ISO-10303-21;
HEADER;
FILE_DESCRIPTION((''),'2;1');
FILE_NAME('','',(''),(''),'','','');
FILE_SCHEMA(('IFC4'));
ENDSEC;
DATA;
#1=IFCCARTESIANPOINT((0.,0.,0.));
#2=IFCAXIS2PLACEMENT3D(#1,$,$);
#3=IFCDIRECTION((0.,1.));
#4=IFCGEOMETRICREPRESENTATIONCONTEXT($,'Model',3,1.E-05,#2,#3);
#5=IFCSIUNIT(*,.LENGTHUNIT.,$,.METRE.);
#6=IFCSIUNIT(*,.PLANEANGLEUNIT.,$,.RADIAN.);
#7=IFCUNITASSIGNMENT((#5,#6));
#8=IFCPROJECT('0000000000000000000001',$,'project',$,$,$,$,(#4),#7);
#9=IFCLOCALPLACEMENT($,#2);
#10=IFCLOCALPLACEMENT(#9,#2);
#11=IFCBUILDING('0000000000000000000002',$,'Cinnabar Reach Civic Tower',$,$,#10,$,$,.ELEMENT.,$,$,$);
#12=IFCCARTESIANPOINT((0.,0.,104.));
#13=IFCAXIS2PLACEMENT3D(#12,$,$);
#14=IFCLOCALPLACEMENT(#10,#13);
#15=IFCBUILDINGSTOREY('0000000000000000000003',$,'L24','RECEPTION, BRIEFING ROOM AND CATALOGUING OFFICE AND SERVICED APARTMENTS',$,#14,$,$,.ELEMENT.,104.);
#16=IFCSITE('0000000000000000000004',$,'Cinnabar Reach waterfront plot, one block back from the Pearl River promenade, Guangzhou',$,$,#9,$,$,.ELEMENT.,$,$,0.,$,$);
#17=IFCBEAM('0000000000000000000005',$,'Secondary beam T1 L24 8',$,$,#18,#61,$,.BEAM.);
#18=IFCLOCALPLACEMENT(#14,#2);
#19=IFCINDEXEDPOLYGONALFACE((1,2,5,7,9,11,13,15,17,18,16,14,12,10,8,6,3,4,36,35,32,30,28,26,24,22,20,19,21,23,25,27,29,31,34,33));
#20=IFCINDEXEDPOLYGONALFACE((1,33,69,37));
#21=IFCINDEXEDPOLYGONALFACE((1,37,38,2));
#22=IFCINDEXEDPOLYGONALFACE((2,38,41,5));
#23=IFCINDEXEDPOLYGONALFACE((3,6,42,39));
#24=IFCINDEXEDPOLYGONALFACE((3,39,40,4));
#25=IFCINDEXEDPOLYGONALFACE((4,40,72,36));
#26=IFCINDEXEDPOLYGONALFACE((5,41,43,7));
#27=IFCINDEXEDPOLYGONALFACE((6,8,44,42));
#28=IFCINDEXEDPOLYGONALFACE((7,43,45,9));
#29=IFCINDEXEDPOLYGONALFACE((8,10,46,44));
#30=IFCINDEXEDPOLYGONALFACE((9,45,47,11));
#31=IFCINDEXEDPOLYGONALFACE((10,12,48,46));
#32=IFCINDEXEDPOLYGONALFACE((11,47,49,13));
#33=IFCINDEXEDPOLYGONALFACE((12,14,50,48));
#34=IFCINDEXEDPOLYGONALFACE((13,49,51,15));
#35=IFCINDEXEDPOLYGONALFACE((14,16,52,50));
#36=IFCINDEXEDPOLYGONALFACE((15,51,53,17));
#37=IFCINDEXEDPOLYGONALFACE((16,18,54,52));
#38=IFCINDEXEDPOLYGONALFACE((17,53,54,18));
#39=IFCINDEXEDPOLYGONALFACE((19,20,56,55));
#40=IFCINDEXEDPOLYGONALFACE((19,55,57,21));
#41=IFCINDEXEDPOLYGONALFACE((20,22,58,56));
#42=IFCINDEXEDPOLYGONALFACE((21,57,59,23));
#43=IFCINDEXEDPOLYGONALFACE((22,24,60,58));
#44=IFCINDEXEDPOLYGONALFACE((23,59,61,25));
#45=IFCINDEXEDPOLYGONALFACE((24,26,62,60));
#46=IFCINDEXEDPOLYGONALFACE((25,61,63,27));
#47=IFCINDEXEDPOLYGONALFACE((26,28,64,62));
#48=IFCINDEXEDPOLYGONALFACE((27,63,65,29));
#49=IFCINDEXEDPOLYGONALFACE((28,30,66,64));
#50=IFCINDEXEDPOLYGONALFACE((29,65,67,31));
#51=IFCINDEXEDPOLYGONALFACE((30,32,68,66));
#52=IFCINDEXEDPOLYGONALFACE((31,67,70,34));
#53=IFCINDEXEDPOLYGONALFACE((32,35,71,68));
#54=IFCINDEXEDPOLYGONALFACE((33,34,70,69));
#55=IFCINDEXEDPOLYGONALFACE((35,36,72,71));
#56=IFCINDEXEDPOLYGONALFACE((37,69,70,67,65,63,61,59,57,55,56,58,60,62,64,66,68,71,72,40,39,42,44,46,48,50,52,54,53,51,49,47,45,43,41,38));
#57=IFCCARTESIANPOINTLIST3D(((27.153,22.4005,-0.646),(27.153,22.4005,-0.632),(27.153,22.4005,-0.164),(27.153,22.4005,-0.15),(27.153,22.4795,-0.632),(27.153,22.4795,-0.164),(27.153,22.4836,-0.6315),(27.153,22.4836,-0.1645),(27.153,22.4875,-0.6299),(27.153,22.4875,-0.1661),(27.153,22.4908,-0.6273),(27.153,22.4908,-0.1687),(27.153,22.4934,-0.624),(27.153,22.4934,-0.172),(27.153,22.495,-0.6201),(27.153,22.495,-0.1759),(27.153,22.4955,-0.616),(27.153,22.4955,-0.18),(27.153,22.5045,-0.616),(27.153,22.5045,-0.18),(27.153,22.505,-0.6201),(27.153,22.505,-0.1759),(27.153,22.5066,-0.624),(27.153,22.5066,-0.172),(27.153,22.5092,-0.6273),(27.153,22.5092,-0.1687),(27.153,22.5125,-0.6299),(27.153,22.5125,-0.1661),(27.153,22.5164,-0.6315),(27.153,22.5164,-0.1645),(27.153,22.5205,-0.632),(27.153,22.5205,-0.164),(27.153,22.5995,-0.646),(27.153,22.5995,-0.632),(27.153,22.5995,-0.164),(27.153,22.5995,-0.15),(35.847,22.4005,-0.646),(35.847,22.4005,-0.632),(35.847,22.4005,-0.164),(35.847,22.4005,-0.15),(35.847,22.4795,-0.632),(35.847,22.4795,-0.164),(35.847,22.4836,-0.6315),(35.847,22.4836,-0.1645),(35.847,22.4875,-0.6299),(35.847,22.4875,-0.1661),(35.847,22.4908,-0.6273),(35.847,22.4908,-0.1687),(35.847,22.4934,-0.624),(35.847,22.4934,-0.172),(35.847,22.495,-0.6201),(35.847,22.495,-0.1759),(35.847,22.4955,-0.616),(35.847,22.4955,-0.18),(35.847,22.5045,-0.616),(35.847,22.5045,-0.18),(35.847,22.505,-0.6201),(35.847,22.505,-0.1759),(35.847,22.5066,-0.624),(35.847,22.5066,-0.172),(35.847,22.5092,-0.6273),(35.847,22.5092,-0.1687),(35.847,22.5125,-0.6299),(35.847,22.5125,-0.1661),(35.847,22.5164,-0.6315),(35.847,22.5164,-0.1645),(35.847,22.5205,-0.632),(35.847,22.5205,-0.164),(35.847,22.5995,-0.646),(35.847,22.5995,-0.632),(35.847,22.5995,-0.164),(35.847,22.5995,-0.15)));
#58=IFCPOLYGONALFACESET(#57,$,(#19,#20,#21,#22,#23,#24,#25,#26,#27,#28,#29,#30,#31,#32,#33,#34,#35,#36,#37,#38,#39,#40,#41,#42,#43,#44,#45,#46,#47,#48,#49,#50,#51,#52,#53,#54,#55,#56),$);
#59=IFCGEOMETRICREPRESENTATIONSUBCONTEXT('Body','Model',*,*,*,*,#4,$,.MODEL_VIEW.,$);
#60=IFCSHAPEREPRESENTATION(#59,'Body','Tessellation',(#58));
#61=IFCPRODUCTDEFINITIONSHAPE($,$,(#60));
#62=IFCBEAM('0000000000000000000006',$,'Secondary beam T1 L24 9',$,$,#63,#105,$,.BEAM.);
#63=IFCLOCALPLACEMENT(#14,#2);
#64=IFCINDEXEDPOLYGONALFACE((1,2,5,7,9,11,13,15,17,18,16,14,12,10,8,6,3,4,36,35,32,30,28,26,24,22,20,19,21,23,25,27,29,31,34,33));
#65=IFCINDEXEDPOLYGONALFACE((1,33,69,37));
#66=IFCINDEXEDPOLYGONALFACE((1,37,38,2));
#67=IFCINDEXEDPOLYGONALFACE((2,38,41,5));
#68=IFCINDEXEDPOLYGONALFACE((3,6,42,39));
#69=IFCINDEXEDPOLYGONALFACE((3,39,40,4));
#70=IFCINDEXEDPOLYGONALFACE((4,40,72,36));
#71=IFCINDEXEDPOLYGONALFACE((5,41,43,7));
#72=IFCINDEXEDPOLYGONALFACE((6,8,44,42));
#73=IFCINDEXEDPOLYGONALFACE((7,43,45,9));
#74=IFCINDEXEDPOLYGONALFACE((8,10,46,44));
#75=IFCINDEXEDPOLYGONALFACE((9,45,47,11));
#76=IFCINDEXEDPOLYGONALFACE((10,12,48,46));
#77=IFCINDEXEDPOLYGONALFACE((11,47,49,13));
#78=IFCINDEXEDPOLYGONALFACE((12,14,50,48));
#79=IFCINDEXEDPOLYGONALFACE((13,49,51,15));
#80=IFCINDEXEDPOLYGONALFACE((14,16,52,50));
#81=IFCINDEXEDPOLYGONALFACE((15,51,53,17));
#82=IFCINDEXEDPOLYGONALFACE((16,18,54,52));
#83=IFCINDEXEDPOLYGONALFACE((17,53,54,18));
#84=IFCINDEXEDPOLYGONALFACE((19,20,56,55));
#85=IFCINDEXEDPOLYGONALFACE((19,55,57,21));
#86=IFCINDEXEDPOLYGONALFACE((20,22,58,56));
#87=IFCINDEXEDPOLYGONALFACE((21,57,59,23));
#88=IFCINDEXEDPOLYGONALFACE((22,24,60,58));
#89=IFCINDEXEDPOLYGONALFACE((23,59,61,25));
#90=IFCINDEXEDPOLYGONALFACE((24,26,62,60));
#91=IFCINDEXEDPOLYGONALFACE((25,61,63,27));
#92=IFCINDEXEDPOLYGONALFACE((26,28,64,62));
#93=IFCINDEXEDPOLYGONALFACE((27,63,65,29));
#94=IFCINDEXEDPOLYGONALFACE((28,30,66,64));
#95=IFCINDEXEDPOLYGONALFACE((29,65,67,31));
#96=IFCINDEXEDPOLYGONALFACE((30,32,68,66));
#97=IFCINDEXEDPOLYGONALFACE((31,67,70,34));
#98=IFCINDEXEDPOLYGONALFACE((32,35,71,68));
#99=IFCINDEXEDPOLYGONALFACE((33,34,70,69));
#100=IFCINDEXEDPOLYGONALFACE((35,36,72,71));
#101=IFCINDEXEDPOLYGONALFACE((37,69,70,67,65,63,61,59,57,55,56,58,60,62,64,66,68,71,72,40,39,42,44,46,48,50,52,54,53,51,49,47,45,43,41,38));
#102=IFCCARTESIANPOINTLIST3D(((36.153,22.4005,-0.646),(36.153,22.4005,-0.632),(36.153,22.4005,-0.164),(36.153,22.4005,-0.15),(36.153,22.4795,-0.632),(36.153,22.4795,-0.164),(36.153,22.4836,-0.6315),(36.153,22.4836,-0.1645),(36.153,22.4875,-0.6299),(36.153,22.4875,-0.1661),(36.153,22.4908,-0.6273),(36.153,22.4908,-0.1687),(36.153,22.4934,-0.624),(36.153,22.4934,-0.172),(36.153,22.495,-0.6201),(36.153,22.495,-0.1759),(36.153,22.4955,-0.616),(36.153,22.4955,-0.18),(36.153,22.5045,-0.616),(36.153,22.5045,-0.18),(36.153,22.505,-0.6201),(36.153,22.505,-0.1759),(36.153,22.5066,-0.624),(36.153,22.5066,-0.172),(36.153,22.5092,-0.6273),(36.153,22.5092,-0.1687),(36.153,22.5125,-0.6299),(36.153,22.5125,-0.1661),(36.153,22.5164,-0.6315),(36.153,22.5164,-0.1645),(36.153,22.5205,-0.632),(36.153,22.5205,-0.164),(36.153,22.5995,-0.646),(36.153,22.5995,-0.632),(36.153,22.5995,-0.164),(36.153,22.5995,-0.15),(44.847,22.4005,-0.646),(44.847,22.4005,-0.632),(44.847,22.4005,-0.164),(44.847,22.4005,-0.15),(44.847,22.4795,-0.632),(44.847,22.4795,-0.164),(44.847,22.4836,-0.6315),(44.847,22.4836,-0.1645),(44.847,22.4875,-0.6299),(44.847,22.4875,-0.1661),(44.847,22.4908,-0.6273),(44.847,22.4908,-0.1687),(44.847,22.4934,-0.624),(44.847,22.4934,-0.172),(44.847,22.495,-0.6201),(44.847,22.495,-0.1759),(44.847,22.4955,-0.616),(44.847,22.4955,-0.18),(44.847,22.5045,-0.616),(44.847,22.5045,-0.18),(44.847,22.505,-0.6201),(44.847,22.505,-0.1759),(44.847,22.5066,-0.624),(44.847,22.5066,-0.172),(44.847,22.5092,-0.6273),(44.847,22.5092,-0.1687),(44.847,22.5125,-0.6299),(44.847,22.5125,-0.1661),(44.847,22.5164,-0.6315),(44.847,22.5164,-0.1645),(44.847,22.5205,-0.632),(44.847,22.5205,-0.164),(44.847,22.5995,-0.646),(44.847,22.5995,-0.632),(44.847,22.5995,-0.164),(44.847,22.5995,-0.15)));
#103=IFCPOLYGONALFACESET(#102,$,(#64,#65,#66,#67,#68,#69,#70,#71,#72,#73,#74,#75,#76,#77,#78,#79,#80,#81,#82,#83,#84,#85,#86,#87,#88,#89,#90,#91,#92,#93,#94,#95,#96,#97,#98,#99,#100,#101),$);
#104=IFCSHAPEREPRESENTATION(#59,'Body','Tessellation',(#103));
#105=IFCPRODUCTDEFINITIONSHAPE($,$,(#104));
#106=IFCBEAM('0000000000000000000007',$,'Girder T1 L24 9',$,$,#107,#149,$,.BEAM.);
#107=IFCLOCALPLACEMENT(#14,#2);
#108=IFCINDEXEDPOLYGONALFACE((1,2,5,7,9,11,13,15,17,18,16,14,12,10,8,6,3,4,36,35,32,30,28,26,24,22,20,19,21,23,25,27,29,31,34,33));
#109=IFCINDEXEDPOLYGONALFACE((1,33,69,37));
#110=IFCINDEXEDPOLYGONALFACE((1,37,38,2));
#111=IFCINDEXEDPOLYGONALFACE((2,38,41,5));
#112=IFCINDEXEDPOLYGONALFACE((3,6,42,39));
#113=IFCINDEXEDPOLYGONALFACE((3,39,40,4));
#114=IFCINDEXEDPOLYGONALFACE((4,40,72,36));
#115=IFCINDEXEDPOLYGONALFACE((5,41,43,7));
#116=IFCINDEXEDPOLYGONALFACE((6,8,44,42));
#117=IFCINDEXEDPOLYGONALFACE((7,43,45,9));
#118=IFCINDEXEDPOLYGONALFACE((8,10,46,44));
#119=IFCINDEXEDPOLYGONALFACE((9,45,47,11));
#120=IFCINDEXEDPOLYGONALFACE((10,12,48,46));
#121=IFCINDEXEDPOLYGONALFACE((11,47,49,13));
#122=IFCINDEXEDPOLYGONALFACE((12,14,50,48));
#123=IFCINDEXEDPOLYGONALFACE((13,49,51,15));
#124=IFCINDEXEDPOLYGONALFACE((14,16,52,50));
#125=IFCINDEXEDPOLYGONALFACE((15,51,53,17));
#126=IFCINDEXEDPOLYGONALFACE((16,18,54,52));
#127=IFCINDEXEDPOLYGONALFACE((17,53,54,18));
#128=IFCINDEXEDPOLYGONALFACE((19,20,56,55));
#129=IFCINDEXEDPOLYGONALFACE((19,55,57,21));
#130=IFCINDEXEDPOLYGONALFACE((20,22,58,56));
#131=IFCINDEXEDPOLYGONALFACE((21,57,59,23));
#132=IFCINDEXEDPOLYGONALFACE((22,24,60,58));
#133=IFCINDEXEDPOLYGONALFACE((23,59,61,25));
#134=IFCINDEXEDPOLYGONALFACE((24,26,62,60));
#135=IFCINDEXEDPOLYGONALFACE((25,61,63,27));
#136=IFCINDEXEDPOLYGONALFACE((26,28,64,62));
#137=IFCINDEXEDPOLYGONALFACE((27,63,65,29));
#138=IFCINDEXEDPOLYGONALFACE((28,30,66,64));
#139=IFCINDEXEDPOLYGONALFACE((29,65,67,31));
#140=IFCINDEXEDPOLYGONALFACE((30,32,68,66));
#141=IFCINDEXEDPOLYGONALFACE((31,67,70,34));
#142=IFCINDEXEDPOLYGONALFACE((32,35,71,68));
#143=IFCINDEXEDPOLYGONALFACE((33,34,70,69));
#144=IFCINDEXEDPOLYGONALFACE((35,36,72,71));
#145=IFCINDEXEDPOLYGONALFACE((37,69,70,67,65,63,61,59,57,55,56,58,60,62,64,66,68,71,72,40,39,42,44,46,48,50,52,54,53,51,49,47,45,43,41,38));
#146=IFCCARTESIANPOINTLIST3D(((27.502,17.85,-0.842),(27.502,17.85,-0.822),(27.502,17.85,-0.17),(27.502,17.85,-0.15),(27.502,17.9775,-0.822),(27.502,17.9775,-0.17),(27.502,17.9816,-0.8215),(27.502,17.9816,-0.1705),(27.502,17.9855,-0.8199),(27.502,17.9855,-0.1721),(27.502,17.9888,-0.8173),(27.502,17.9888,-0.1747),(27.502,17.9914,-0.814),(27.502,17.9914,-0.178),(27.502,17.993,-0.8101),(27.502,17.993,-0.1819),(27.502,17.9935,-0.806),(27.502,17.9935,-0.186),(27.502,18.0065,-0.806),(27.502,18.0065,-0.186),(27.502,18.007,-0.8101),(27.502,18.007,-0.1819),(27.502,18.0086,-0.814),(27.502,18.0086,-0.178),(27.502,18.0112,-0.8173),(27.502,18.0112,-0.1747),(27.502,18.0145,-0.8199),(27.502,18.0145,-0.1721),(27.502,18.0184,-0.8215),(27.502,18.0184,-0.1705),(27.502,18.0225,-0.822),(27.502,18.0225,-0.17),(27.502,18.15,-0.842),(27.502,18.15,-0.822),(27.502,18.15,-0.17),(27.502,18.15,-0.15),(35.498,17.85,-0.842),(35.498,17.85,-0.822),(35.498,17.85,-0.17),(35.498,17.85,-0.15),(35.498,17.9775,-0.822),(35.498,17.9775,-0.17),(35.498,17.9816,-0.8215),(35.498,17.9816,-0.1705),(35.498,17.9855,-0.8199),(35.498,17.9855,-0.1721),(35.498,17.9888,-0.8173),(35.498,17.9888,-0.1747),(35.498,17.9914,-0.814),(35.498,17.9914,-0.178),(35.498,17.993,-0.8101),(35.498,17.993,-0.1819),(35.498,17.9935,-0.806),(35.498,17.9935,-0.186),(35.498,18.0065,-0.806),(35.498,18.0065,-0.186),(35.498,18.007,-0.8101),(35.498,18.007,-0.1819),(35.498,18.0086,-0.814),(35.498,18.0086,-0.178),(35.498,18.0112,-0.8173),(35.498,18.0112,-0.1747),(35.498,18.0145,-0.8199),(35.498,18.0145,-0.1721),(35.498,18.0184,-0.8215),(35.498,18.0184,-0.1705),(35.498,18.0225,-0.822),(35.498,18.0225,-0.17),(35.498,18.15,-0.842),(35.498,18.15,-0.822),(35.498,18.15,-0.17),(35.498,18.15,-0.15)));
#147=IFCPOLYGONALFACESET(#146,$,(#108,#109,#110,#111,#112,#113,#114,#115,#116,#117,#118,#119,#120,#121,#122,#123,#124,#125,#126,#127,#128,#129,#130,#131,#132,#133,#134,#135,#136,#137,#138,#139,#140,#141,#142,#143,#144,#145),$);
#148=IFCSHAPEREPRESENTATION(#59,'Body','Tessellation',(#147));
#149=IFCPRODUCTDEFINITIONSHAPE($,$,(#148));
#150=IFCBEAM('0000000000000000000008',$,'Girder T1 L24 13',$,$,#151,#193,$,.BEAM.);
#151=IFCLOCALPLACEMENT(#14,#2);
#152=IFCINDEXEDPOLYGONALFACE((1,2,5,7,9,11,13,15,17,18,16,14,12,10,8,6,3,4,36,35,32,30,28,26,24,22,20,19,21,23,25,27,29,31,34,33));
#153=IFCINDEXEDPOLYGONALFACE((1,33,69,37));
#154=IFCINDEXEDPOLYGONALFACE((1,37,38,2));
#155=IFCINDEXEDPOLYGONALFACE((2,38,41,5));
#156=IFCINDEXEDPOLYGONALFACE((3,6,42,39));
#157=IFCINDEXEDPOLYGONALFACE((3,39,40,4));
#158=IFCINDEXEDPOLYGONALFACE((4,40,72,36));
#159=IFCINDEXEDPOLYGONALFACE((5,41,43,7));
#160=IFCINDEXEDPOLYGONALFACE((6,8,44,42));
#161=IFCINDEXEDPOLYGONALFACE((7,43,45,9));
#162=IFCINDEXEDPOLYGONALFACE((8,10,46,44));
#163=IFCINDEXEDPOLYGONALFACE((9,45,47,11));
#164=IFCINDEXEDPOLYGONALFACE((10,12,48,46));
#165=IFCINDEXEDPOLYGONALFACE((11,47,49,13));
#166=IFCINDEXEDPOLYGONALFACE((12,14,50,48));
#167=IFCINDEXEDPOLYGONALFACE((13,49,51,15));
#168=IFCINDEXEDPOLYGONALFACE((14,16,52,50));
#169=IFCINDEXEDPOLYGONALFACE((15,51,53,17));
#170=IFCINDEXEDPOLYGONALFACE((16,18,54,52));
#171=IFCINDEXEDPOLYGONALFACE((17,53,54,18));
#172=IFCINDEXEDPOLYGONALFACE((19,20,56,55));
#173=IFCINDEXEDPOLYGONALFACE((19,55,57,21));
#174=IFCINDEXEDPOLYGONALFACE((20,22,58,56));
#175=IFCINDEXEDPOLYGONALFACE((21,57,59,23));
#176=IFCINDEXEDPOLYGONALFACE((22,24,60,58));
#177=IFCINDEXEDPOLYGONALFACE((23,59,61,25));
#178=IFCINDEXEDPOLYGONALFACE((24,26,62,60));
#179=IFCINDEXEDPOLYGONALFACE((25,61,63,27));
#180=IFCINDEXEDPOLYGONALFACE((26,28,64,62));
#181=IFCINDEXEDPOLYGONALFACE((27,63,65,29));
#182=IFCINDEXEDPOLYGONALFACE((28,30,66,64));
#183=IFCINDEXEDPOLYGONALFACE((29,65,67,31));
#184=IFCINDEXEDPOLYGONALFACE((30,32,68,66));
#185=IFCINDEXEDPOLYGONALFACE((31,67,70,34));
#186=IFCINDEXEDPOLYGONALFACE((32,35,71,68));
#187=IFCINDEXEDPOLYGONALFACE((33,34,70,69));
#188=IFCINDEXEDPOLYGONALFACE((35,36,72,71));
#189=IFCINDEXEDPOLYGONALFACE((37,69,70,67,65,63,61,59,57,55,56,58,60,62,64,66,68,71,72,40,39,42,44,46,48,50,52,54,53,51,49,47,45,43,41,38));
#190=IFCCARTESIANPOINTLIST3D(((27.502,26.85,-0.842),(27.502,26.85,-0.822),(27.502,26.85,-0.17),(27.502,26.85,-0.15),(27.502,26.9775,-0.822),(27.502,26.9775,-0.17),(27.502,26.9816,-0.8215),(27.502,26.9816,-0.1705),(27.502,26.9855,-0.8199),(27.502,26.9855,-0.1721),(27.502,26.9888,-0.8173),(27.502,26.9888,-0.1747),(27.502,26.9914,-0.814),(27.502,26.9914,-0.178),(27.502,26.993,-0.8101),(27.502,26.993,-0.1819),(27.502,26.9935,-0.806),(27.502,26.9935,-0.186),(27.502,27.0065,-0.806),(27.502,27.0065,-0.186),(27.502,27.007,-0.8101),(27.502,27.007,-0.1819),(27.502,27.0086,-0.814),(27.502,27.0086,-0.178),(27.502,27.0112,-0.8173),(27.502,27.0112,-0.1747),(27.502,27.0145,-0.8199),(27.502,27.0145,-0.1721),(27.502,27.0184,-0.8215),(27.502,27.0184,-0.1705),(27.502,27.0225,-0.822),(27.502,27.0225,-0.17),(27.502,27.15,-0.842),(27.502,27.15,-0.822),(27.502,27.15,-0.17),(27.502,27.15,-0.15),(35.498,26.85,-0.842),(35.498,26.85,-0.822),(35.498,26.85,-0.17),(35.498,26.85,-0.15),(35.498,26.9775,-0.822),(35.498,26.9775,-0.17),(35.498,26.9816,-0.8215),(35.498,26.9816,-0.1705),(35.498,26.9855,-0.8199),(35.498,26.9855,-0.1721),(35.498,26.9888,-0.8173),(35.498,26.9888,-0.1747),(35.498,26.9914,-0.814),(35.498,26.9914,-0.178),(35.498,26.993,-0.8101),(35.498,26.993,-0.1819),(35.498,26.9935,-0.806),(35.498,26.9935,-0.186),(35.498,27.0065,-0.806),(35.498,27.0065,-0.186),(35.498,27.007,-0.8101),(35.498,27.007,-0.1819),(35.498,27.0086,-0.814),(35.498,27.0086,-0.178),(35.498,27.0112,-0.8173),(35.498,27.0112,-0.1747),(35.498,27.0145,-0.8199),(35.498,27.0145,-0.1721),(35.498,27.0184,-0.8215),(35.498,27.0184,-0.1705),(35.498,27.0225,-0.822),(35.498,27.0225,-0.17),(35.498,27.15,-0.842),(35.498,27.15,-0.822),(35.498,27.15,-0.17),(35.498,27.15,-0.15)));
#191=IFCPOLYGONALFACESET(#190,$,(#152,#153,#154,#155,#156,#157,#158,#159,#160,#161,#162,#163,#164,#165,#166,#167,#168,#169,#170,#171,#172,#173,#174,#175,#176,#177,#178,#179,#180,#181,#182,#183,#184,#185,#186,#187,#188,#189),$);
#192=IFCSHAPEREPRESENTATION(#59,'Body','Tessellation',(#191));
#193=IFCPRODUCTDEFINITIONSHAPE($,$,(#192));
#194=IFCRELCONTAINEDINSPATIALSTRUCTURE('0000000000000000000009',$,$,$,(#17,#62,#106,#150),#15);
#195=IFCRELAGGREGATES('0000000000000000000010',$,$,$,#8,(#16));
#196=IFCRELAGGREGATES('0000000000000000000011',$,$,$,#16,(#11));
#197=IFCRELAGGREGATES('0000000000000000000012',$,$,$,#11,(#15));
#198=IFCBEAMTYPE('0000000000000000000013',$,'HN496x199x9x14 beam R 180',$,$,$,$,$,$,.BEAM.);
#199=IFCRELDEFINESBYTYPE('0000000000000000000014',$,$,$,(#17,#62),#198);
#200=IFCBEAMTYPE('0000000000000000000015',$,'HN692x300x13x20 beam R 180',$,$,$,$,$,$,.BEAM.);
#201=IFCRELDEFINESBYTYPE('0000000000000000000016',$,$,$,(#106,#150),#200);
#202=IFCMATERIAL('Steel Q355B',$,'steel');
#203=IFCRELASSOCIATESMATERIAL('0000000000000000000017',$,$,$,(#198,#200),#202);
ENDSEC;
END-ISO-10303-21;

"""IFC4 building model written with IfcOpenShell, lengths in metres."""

from ifc_helpers import new_model, si_unit, direction, frame, origin, origin_2d, place, context, subcontext, project, spatial, i_section, extrude, material, material_profile, profile_set, type_object, element, save


model = new_model("IFC4")

# Units and contexts
model_context = context("Model", 3, precision=1e-05, world=origin(), true_north=direction((0.0, 1.0)))
body_context = subcontext(model_context, "Body", "Model", "MODEL_VIEW")
ifc_project = project(units=[si_unit("LENGTHUNIT", "METRE"), si_unit("PLANEANGLEUNIT", "RADIAN")], contexts=[model_context])

# Site, building, storey
site_placement = place(None, origin())
site = spatial("IfcSite", under=ifc_project, at=site_placement, Name="Cinnabar Reach waterfront plot, one block back from the Pearl River promenade, Guangzhou", CompositionType="ELEMENT", RefElevation=0.0)
building_placement = place(site_placement, origin())
building = spatial("IfcBuilding", under=site, at=building_placement, Name="Cinnabar Reach Civic Tower", CompositionType="ELEMENT")
storey_placement = place(building_placement, frame((0.0, 0.0, 104.0)))
storey = spatial("IfcBuildingStorey", under=building, at=storey_placement, Name="L24", Description="RECEPTION, BRIEFING ROOM AND CATALOGUING OFFICE AND SERVICED APARTMENTS", CompositionType="ELEMENT", Elevation=104.0)

# Beams
ifc_material_1 = material(Name="Steel Q355B", Category="steel")
ifc_material_profile_1 = material_profile(ifc_material_1, i_section(OverallWidth=0.199, OverallDepth=0.496, WebThickness=0.009, FlangeThickness=0.014, FilletRadius=0.016, at=origin_2d()), Name="HN496x199x9x14")
ifc_profile_set_1 = profile_set([ifc_material_profile_1], Name="Steel Q355B")
beam_type_1 = type_object("IfcBeamType", Name="HN496x199x9x14 beam R 180", PredefinedType="BEAM", material=ifc_profile_set_1)
for number, where, z_axis, x_axis, name in (
    (1, (27.153, 22.5, -0.398), (1.0, 0.0, 0.0), (0.0, 1.0, 0.0), "Secondary beam T1 L24 8"),
    (2, (36.153, 22.5, -0.398), (1.0, 0.0, 0.0), (0.0, 1.0, 0.0), "Secondary beam T1 L24 9"),
):
    element("IfcBeam", number, at=place(storey_placement, frame(where, z_axis=z_axis, x_axis=x_axis)), inside=storey, type_object=beam_type_1, Name=name, PredefinedType="BEAM", context=body_context, shape_type="SweptSolid", body=[
        extrude(i_section(OverallWidth=0.199, OverallDepth=0.496, WebThickness=0.009, FlangeThickness=0.014, FilletRadius=0.016, at=origin_2d()), origin(), (0.0, 0.0, 1.0), 8.694),
    ])
ifc_material_profile_2 = material_profile(ifc_material_1, i_section(OverallWidth=0.3, OverallDepth=0.692, WebThickness=0.013, FlangeThickness=0.02, FilletRadius=0.016, at=origin_2d()), Name="HN692x300x13x20")
ifc_profile_set_2 = profile_set([ifc_material_profile_2], Name="Steel Q355B")
beam_type_2 = type_object("IfcBeamType", Name="HN692x300x13x20 beam R 180", PredefinedType="BEAM", material=ifc_profile_set_2)
for number, where, z_axis, x_axis, name in (
    (3, (27.502, 18.0, -0.496), (1.0, 0.0, 0.0), (0.0, 1.0, 0.0), "Girder T1 L24 9"),
    (4, (27.502, 27.0, -0.496), (1.0, 0.0, 0.0), (0.0, 1.0, 0.0), "Girder T1 L24 13"),
):
    element("IfcBeam", number, at=place(storey_placement, frame(where, z_axis=z_axis, x_axis=x_axis)), inside=storey, type_object=beam_type_2, Name=name, PredefinedType="BEAM", context=body_context, shape_type="SweptSolid", body=[
        extrude(i_section(OverallWidth=0.3, OverallDepth=0.692, WebThickness=0.013, FlangeThickness=0.02, FilletRadius=0.016, at=origin_2d()), origin(), (0.0, 0.0, 1.0), 7.996),
    ])

save(model, "model.ifc")
